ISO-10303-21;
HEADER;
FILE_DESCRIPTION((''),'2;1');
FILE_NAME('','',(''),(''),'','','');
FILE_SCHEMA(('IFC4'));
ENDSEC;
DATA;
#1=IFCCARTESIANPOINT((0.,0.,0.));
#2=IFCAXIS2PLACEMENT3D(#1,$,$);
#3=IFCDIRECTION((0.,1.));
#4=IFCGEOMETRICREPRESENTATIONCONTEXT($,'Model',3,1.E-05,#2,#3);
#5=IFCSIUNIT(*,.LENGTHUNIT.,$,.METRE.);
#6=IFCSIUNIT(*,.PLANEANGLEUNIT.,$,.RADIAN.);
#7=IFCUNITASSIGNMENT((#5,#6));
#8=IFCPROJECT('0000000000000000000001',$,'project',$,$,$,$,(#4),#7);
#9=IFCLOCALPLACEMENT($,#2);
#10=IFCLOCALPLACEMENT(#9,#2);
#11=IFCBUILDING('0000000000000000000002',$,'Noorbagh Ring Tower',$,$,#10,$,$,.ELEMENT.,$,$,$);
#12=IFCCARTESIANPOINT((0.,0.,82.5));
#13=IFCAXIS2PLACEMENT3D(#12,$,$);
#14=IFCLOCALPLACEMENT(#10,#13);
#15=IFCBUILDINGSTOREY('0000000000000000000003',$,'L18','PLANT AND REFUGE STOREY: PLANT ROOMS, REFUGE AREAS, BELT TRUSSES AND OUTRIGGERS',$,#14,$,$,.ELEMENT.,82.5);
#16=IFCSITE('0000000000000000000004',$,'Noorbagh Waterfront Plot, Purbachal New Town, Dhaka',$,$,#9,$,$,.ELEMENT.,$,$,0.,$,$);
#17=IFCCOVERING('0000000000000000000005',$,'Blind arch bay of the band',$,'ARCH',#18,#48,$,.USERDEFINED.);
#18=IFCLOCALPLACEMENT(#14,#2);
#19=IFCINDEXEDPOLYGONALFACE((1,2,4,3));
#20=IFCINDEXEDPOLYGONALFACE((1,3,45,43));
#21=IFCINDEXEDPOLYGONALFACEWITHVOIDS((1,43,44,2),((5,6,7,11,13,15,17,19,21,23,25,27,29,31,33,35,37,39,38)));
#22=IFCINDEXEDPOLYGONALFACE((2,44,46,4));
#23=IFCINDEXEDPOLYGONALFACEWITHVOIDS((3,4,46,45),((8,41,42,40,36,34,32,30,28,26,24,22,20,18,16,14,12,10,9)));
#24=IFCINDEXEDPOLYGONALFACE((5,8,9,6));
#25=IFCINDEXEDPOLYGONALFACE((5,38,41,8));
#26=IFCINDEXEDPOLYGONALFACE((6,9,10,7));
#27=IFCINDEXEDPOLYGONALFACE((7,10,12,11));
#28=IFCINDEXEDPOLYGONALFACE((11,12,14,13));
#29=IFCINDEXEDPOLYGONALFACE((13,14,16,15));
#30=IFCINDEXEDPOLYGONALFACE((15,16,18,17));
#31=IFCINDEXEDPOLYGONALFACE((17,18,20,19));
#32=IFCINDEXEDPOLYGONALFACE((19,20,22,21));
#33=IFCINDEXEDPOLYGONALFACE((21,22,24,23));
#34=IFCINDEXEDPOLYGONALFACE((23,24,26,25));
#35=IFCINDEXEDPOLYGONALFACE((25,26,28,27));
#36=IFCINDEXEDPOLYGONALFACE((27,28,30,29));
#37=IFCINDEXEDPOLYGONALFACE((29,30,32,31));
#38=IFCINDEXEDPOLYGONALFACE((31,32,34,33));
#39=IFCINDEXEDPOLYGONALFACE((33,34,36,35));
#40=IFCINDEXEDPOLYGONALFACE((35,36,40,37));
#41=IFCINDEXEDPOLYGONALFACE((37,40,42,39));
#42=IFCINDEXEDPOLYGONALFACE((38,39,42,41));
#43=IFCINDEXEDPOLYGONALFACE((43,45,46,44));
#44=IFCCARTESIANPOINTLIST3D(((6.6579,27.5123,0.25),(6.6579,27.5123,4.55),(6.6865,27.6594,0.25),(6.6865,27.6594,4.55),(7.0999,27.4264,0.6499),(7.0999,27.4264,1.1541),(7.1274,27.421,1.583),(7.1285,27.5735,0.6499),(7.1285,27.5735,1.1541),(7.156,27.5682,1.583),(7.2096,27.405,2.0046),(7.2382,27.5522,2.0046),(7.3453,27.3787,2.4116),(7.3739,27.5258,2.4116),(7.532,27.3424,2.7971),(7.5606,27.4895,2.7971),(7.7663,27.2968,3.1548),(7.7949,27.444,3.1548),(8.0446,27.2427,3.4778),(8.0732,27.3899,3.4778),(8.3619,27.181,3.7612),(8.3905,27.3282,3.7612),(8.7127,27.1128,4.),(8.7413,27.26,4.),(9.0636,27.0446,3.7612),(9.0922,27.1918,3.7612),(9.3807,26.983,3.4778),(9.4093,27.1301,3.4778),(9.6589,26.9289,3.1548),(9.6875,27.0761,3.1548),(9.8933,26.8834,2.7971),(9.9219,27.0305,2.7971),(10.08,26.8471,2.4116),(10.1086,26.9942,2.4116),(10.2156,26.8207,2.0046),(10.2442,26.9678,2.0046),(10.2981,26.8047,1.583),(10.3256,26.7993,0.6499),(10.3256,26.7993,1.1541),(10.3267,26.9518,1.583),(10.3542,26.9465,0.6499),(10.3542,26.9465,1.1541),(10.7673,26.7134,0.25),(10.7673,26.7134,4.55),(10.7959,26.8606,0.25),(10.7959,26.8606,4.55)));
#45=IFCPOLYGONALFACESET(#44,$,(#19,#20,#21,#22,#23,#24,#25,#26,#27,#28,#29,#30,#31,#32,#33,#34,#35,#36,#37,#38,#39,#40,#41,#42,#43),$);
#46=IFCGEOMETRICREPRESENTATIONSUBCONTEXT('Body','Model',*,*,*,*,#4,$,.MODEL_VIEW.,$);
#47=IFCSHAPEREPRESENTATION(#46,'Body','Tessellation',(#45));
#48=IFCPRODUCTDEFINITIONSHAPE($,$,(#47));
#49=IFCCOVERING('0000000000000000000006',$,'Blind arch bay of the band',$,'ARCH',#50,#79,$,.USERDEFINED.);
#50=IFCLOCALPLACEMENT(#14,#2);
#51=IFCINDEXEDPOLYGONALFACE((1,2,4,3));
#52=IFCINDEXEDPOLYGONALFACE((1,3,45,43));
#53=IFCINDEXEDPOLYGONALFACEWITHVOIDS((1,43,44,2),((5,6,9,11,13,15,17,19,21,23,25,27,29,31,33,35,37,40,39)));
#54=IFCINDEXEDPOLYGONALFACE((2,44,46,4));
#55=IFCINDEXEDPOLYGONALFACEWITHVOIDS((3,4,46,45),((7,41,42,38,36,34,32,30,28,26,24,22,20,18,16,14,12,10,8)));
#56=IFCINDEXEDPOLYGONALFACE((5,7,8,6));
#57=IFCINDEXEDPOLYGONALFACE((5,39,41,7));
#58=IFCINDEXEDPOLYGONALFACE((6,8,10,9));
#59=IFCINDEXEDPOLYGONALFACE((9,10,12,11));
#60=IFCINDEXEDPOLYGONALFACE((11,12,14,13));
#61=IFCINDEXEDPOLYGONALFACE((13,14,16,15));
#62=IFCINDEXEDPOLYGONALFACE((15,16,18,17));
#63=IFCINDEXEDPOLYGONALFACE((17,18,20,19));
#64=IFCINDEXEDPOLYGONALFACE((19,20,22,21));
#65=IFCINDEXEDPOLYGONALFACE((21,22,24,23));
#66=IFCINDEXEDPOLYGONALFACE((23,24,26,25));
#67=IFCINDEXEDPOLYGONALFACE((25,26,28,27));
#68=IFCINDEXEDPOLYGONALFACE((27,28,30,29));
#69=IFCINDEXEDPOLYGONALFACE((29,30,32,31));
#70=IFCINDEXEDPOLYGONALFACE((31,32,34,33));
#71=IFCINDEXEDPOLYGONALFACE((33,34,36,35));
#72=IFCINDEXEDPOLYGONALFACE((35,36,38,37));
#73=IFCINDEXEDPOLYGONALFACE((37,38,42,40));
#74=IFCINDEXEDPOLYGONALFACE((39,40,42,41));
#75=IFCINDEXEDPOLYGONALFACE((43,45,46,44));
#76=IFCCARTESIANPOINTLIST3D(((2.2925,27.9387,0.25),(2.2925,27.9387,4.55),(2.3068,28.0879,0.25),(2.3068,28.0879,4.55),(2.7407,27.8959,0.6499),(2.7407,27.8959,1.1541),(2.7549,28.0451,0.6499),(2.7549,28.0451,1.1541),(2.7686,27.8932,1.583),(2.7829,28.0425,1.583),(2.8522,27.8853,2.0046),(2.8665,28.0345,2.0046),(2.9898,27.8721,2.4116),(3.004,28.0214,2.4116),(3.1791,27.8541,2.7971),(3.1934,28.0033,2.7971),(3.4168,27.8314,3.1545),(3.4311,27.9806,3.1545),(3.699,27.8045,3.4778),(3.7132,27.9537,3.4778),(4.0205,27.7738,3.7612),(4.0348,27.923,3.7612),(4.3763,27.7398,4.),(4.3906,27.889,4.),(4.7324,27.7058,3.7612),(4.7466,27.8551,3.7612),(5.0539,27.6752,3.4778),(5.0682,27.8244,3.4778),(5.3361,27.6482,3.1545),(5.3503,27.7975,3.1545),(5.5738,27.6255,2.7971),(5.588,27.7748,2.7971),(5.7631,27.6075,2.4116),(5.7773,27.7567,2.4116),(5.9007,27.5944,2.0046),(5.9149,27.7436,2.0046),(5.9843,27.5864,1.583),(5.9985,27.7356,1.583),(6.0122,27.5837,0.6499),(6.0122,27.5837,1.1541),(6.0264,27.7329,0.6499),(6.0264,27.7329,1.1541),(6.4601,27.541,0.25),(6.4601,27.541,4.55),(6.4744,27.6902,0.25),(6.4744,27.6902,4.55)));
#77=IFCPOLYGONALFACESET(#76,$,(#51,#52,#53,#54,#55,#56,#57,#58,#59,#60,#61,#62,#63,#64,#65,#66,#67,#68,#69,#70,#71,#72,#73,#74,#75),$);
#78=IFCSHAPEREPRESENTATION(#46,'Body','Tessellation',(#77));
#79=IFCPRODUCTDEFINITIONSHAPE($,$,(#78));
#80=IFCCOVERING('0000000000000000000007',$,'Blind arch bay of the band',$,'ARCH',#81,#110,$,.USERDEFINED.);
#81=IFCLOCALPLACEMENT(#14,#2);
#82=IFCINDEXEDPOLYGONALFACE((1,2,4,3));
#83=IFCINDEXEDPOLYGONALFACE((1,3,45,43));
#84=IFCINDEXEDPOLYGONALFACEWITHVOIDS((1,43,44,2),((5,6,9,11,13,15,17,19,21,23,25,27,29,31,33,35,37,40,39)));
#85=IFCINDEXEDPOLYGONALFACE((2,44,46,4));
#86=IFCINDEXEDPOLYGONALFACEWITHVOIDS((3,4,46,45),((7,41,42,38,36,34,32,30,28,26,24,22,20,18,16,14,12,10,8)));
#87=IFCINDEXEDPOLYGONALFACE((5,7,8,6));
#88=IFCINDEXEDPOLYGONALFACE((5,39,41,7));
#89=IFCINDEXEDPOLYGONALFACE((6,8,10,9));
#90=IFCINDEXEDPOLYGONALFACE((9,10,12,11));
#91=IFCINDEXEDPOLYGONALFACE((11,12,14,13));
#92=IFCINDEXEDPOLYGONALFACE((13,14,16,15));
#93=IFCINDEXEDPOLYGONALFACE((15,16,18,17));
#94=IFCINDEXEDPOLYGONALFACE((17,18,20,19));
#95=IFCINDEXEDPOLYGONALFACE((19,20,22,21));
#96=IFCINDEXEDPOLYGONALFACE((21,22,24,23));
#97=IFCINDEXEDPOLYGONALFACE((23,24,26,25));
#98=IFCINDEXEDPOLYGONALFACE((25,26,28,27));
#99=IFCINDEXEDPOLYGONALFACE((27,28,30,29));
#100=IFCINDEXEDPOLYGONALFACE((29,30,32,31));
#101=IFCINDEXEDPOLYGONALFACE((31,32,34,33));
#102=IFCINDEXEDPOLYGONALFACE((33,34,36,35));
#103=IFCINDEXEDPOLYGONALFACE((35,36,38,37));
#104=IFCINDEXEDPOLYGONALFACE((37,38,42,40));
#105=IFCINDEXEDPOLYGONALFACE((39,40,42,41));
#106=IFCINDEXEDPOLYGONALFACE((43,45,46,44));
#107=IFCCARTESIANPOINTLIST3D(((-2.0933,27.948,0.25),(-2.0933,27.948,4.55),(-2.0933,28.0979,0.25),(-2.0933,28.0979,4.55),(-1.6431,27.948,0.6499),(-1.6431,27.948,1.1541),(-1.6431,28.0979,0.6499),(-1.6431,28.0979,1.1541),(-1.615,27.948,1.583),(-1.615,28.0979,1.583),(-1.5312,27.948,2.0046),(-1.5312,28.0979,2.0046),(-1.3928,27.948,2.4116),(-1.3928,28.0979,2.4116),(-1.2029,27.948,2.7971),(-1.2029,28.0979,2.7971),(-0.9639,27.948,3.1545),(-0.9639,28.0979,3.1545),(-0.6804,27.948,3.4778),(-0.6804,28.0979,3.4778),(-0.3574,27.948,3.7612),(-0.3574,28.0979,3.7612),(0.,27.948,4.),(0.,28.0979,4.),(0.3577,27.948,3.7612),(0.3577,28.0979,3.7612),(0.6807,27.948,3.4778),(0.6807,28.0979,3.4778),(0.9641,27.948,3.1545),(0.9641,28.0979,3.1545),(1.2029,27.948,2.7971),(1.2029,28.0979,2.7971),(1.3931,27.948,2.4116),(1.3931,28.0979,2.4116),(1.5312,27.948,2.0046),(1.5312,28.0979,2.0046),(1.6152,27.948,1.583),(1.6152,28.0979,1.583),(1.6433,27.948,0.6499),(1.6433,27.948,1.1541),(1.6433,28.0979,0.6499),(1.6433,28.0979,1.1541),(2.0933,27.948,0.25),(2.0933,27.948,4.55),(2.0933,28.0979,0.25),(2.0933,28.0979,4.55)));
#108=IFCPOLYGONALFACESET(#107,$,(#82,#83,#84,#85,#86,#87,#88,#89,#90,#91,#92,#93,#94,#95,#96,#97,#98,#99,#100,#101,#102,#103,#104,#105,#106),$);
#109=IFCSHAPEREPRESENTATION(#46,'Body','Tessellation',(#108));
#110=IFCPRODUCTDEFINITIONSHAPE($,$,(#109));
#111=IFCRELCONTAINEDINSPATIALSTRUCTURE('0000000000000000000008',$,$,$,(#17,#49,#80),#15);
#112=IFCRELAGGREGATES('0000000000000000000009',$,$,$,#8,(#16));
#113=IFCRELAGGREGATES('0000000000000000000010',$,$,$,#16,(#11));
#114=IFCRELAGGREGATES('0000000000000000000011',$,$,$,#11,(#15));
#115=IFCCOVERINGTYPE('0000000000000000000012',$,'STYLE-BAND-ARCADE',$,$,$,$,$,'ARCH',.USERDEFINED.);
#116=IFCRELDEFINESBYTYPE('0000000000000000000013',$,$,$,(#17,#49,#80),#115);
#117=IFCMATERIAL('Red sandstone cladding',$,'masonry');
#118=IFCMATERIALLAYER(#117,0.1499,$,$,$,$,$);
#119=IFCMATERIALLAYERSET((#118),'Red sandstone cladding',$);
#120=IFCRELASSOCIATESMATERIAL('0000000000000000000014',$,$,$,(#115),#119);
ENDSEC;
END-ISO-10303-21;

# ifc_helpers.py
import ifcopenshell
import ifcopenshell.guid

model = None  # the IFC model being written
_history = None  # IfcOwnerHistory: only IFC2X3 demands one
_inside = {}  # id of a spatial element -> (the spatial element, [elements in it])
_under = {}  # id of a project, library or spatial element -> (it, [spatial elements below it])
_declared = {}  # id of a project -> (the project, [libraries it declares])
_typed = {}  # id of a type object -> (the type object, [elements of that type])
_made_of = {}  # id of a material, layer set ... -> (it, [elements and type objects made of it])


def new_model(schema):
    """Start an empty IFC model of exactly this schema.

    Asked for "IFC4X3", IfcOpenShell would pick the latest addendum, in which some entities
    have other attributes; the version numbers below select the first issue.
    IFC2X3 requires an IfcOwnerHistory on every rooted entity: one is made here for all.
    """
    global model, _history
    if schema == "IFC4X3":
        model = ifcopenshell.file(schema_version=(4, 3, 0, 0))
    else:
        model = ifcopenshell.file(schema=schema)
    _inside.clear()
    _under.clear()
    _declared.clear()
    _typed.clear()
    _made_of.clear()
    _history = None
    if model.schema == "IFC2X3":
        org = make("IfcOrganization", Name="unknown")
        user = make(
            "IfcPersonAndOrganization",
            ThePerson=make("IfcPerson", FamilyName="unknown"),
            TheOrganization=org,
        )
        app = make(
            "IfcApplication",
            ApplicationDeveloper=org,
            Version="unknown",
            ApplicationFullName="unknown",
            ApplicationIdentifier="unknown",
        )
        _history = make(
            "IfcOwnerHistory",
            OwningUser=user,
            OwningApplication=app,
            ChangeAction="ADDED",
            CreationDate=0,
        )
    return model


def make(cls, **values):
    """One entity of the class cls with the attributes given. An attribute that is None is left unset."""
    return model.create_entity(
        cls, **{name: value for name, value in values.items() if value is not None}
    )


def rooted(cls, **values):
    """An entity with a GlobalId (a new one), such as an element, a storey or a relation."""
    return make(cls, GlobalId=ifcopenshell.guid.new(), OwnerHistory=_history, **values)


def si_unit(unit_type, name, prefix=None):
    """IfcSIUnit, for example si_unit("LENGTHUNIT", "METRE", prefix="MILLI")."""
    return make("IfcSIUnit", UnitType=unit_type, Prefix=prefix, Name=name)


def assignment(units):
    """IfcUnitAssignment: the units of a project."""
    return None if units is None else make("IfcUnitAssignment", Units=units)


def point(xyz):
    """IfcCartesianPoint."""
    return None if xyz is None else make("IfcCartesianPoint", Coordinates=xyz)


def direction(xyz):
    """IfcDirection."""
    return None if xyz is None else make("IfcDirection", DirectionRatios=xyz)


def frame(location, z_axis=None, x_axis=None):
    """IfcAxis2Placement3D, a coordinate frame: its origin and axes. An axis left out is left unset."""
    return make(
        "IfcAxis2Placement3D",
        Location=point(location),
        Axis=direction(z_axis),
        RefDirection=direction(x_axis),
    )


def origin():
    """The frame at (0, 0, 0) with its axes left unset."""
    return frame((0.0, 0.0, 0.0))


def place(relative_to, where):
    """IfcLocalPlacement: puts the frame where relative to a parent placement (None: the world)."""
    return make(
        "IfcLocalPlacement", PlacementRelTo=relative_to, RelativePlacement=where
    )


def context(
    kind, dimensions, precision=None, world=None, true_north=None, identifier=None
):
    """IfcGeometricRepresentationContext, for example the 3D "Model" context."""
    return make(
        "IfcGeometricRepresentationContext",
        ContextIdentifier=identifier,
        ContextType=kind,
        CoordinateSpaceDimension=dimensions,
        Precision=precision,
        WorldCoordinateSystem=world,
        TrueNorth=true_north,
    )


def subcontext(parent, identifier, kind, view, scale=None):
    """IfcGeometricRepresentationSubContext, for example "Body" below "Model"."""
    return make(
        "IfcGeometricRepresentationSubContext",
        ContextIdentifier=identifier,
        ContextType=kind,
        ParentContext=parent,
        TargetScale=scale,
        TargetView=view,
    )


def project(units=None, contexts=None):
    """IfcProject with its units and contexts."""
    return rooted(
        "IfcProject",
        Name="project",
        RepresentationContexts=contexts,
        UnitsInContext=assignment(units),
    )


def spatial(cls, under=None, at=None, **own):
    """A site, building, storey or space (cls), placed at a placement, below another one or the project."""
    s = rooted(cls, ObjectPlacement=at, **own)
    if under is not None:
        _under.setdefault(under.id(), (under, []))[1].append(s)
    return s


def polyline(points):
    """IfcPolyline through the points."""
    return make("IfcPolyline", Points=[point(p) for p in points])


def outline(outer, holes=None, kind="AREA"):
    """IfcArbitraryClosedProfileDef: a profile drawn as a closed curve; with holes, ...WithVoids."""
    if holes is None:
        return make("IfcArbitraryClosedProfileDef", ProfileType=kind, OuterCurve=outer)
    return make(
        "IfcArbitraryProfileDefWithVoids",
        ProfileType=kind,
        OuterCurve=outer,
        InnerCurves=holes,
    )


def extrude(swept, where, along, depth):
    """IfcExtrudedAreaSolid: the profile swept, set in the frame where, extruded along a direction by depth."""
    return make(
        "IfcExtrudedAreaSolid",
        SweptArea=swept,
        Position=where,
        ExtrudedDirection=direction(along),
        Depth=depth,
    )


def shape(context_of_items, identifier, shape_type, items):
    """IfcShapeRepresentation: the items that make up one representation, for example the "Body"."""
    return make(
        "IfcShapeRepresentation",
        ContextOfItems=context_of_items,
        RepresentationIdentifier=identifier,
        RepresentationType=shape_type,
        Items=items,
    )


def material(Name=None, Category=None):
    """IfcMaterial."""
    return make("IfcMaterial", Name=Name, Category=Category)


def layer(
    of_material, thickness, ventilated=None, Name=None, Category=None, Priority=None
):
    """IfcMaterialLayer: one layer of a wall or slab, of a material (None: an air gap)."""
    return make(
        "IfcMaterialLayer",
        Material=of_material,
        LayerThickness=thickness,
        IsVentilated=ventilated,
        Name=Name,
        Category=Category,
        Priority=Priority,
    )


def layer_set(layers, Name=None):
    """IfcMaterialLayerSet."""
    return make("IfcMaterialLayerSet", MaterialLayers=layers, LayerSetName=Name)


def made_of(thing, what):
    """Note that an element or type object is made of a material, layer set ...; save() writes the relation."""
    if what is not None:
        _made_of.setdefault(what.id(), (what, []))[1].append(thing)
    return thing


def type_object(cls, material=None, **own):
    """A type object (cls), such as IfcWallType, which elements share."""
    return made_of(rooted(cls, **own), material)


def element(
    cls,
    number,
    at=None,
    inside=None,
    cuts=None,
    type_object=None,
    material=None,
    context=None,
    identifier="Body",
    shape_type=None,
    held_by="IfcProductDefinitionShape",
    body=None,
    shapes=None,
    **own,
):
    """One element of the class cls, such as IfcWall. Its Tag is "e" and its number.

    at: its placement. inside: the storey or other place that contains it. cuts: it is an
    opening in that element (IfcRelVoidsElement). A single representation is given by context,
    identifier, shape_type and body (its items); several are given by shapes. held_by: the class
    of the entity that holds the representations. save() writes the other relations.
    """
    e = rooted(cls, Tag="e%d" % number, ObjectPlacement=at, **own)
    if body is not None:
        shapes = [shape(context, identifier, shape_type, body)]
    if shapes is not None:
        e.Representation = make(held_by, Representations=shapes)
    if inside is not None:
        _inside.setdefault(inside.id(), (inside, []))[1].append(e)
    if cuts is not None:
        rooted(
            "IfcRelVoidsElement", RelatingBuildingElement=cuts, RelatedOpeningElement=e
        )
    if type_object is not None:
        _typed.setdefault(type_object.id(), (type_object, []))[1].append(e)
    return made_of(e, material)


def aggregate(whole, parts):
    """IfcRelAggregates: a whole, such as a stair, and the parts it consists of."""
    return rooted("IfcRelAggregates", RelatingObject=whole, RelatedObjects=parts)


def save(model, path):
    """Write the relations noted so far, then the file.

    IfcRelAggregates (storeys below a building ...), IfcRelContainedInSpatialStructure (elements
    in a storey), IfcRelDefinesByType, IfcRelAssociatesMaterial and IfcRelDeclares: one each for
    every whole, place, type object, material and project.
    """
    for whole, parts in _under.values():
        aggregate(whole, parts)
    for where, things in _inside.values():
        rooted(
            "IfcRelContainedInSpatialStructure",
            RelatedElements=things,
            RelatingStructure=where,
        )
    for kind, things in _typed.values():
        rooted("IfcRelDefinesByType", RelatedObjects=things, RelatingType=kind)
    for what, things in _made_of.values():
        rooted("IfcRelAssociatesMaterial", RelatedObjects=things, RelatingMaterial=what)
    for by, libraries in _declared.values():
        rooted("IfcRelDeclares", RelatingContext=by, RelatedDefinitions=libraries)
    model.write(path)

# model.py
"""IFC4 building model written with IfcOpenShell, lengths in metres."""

from ifc_helpers import new_model, si_unit, direction, frame, origin, place, context, subcontext, project, spatial, polyline, outline, extrude, material, layer, layer_set, type_object, element, save


model = new_model("IFC4")

# Units and contexts
model_context = context("Model", 3, precision=1e-05, world=origin(), true_north=direction((0.0, 1.0)))
body_context = subcontext(model_context, "Body", "Model", "MODEL_VIEW")
ifc_project = project(units=[si_unit("LENGTHUNIT", "METRE"), si_unit("PLANEANGLEUNIT", "RADIAN")], contexts=[model_context])

# Site, building, storey
site_placement = place(None, origin())
site = spatial("IfcSite", under=ifc_project, at=site_placement, Name="Noorbagh Waterfront Plot, Purbachal New Town, Dhaka", CompositionType="ELEMENT", RefElevation=0.0)
building_placement = place(site_placement, origin())
building = spatial("IfcBuilding", under=site, at=building_placement, Name="Noorbagh Ring Tower", CompositionType="ELEMENT")
storey_placement = place(building_placement, frame((0.0, 0.0, 82.5)))
storey = spatial("IfcBuildingStorey", under=building, at=storey_placement, Name="L18", Description="PLANT AND REFUGE STOREY: PLANT ROOMS, REFUGE AREAS, BELT TRUSSES AND OUTRIGGERS", CompositionType="ELEMENT", Elevation=82.5)

# Coverings
ifc_material_1 = material(Name="Red sandstone cladding", Category="masonry")
ifc_layer_1 = layer(ifc_material_1, 0.1499)
ifc_layer_set_1 = layer_set([ifc_layer_1], Name="Red sandstone cladding")
covering_type_1 = type_object("IfcCoveringType", Name="STYLE-BAND-ARCADE", ElementType="ARCH", PredefinedType="USERDEFINED", material=ifc_layer_set_1)
covering_1_placement = place(storey_placement, frame((10.7959, 26.8606, 0.25), z_axis=(0.19082, 0.981625, 0.0), x_axis=(-0.981625, 0.19082, 0.0)))
element("IfcCovering", 1, at=covering_1_placement, inside=storey, type_object=covering_type_1, Name="Blind arch bay of the band", ObjectType="ARCH", PredefinedType="USERDEFINED", context=body_context, shape_type="SweptSolid", body=[
    extrude(outline(polyline([(0.0, 0.0), (4.1863, 0.0), (4.1863, 4.3), (0.0, 4.3), (0.0, 0.0)]), holes=[polyline([(0.45, 0.3999), (0.45, 0.9041), (0.478, 1.333), (0.562, 1.7546), (0.7002, 2.1616), (0.8904, 2.5471), (1.1292, 2.9048), (1.4126, 3.2278), (1.7356, 3.5112), (2.093, 3.75), (2.4504, 3.5112), (2.7737, 3.2278), (3.0571, 2.9048), (3.2959, 2.5471), (3.4861, 2.1616), (3.6243, 1.7546), (3.708, 1.333), (3.7361, 0.9041), (3.7361, 0.3999), (0.45, 0.3999)])]), origin(), (0.0, 0.0, -1.0), 0.1499),
])
covering_2_placement = place(storey_placement, frame((6.4744, 27.6902, 0.25), z_axis=(0.094999, 0.995477, 0.0), x_axis=(-0.995477, 0.094999, 0.0)))
element("IfcCovering", 2, at=covering_2_placement, inside=storey, type_object=covering_type_1, Name="Blind arch bay of the band", ObjectType="ARCH", PredefinedType="USERDEFINED", context=body_context, shape_type="SweptSolid", body=[
    extrude(outline(polyline([(0.0, 0.0), (4.1865, 0.0), (4.1865, 4.3), (0.0, 4.3), (0.0, 0.0)]), holes=[polyline([(0.45, 0.3999), (0.45, 0.9041), (0.478, 1.333), (0.562, 1.7546), (0.7002, 2.1616), (0.8904, 2.5471), (1.1292, 2.9045), (1.4126, 3.2278), (1.7356, 3.5112), (2.0933, 3.75), (2.4507, 3.5112), (2.7737, 3.2278), (3.0571, 2.9045), (3.2959, 2.5471), (3.4861, 2.1616), (3.6243, 1.7546), (3.7083, 1.333), (3.7363, 0.9041), (3.7363, 0.3999), (0.45, 0.3999)])]), origin(), (0.0, 0.0, -1.0), 0.1499),
])
covering_3_placement = place(storey_placement, frame((2.0933, 28.0979, 0.25), z_axis=(0.0, 1.0, 0.0), x_axis=(-1.0, 0.0, 0.0)))
element("IfcCovering", 3, at=covering_3_placement, inside=storey, type_object=covering_type_1, Name="Blind arch bay of the band", ObjectType="ARCH", PredefinedType="USERDEFINED", context=body_context, shape_type="SweptSolid", body=[
    extrude(outline(polyline([(0.0, 0.0), (4.1865, 0.0), (4.1865, 4.3), (0.0, 4.3), (0.0, 0.0)]), holes=[polyline([(0.45, 0.3999), (0.45, 0.9041), (0.478, 1.333), (0.562, 1.7546), (0.7002, 2.1616), (0.8904, 2.5471), (1.1292, 2.9045), (1.4126, 3.2278), (1.7356, 3.5112), (2.0933, 3.75), (2.4507, 3.5112), (2.7737, 3.2278), (3.0571, 2.9045), (3.2961, 2.5471), (3.4861, 2.1616), (3.6245, 1.7546), (3.7083, 1.333), (3.7363, 0.9041), (3.7363, 0.3999), (0.45, 0.3999)])]), origin(), (0.0, 0.0, -1.0), 0.1499),
])

save(model, "model.ifc")
